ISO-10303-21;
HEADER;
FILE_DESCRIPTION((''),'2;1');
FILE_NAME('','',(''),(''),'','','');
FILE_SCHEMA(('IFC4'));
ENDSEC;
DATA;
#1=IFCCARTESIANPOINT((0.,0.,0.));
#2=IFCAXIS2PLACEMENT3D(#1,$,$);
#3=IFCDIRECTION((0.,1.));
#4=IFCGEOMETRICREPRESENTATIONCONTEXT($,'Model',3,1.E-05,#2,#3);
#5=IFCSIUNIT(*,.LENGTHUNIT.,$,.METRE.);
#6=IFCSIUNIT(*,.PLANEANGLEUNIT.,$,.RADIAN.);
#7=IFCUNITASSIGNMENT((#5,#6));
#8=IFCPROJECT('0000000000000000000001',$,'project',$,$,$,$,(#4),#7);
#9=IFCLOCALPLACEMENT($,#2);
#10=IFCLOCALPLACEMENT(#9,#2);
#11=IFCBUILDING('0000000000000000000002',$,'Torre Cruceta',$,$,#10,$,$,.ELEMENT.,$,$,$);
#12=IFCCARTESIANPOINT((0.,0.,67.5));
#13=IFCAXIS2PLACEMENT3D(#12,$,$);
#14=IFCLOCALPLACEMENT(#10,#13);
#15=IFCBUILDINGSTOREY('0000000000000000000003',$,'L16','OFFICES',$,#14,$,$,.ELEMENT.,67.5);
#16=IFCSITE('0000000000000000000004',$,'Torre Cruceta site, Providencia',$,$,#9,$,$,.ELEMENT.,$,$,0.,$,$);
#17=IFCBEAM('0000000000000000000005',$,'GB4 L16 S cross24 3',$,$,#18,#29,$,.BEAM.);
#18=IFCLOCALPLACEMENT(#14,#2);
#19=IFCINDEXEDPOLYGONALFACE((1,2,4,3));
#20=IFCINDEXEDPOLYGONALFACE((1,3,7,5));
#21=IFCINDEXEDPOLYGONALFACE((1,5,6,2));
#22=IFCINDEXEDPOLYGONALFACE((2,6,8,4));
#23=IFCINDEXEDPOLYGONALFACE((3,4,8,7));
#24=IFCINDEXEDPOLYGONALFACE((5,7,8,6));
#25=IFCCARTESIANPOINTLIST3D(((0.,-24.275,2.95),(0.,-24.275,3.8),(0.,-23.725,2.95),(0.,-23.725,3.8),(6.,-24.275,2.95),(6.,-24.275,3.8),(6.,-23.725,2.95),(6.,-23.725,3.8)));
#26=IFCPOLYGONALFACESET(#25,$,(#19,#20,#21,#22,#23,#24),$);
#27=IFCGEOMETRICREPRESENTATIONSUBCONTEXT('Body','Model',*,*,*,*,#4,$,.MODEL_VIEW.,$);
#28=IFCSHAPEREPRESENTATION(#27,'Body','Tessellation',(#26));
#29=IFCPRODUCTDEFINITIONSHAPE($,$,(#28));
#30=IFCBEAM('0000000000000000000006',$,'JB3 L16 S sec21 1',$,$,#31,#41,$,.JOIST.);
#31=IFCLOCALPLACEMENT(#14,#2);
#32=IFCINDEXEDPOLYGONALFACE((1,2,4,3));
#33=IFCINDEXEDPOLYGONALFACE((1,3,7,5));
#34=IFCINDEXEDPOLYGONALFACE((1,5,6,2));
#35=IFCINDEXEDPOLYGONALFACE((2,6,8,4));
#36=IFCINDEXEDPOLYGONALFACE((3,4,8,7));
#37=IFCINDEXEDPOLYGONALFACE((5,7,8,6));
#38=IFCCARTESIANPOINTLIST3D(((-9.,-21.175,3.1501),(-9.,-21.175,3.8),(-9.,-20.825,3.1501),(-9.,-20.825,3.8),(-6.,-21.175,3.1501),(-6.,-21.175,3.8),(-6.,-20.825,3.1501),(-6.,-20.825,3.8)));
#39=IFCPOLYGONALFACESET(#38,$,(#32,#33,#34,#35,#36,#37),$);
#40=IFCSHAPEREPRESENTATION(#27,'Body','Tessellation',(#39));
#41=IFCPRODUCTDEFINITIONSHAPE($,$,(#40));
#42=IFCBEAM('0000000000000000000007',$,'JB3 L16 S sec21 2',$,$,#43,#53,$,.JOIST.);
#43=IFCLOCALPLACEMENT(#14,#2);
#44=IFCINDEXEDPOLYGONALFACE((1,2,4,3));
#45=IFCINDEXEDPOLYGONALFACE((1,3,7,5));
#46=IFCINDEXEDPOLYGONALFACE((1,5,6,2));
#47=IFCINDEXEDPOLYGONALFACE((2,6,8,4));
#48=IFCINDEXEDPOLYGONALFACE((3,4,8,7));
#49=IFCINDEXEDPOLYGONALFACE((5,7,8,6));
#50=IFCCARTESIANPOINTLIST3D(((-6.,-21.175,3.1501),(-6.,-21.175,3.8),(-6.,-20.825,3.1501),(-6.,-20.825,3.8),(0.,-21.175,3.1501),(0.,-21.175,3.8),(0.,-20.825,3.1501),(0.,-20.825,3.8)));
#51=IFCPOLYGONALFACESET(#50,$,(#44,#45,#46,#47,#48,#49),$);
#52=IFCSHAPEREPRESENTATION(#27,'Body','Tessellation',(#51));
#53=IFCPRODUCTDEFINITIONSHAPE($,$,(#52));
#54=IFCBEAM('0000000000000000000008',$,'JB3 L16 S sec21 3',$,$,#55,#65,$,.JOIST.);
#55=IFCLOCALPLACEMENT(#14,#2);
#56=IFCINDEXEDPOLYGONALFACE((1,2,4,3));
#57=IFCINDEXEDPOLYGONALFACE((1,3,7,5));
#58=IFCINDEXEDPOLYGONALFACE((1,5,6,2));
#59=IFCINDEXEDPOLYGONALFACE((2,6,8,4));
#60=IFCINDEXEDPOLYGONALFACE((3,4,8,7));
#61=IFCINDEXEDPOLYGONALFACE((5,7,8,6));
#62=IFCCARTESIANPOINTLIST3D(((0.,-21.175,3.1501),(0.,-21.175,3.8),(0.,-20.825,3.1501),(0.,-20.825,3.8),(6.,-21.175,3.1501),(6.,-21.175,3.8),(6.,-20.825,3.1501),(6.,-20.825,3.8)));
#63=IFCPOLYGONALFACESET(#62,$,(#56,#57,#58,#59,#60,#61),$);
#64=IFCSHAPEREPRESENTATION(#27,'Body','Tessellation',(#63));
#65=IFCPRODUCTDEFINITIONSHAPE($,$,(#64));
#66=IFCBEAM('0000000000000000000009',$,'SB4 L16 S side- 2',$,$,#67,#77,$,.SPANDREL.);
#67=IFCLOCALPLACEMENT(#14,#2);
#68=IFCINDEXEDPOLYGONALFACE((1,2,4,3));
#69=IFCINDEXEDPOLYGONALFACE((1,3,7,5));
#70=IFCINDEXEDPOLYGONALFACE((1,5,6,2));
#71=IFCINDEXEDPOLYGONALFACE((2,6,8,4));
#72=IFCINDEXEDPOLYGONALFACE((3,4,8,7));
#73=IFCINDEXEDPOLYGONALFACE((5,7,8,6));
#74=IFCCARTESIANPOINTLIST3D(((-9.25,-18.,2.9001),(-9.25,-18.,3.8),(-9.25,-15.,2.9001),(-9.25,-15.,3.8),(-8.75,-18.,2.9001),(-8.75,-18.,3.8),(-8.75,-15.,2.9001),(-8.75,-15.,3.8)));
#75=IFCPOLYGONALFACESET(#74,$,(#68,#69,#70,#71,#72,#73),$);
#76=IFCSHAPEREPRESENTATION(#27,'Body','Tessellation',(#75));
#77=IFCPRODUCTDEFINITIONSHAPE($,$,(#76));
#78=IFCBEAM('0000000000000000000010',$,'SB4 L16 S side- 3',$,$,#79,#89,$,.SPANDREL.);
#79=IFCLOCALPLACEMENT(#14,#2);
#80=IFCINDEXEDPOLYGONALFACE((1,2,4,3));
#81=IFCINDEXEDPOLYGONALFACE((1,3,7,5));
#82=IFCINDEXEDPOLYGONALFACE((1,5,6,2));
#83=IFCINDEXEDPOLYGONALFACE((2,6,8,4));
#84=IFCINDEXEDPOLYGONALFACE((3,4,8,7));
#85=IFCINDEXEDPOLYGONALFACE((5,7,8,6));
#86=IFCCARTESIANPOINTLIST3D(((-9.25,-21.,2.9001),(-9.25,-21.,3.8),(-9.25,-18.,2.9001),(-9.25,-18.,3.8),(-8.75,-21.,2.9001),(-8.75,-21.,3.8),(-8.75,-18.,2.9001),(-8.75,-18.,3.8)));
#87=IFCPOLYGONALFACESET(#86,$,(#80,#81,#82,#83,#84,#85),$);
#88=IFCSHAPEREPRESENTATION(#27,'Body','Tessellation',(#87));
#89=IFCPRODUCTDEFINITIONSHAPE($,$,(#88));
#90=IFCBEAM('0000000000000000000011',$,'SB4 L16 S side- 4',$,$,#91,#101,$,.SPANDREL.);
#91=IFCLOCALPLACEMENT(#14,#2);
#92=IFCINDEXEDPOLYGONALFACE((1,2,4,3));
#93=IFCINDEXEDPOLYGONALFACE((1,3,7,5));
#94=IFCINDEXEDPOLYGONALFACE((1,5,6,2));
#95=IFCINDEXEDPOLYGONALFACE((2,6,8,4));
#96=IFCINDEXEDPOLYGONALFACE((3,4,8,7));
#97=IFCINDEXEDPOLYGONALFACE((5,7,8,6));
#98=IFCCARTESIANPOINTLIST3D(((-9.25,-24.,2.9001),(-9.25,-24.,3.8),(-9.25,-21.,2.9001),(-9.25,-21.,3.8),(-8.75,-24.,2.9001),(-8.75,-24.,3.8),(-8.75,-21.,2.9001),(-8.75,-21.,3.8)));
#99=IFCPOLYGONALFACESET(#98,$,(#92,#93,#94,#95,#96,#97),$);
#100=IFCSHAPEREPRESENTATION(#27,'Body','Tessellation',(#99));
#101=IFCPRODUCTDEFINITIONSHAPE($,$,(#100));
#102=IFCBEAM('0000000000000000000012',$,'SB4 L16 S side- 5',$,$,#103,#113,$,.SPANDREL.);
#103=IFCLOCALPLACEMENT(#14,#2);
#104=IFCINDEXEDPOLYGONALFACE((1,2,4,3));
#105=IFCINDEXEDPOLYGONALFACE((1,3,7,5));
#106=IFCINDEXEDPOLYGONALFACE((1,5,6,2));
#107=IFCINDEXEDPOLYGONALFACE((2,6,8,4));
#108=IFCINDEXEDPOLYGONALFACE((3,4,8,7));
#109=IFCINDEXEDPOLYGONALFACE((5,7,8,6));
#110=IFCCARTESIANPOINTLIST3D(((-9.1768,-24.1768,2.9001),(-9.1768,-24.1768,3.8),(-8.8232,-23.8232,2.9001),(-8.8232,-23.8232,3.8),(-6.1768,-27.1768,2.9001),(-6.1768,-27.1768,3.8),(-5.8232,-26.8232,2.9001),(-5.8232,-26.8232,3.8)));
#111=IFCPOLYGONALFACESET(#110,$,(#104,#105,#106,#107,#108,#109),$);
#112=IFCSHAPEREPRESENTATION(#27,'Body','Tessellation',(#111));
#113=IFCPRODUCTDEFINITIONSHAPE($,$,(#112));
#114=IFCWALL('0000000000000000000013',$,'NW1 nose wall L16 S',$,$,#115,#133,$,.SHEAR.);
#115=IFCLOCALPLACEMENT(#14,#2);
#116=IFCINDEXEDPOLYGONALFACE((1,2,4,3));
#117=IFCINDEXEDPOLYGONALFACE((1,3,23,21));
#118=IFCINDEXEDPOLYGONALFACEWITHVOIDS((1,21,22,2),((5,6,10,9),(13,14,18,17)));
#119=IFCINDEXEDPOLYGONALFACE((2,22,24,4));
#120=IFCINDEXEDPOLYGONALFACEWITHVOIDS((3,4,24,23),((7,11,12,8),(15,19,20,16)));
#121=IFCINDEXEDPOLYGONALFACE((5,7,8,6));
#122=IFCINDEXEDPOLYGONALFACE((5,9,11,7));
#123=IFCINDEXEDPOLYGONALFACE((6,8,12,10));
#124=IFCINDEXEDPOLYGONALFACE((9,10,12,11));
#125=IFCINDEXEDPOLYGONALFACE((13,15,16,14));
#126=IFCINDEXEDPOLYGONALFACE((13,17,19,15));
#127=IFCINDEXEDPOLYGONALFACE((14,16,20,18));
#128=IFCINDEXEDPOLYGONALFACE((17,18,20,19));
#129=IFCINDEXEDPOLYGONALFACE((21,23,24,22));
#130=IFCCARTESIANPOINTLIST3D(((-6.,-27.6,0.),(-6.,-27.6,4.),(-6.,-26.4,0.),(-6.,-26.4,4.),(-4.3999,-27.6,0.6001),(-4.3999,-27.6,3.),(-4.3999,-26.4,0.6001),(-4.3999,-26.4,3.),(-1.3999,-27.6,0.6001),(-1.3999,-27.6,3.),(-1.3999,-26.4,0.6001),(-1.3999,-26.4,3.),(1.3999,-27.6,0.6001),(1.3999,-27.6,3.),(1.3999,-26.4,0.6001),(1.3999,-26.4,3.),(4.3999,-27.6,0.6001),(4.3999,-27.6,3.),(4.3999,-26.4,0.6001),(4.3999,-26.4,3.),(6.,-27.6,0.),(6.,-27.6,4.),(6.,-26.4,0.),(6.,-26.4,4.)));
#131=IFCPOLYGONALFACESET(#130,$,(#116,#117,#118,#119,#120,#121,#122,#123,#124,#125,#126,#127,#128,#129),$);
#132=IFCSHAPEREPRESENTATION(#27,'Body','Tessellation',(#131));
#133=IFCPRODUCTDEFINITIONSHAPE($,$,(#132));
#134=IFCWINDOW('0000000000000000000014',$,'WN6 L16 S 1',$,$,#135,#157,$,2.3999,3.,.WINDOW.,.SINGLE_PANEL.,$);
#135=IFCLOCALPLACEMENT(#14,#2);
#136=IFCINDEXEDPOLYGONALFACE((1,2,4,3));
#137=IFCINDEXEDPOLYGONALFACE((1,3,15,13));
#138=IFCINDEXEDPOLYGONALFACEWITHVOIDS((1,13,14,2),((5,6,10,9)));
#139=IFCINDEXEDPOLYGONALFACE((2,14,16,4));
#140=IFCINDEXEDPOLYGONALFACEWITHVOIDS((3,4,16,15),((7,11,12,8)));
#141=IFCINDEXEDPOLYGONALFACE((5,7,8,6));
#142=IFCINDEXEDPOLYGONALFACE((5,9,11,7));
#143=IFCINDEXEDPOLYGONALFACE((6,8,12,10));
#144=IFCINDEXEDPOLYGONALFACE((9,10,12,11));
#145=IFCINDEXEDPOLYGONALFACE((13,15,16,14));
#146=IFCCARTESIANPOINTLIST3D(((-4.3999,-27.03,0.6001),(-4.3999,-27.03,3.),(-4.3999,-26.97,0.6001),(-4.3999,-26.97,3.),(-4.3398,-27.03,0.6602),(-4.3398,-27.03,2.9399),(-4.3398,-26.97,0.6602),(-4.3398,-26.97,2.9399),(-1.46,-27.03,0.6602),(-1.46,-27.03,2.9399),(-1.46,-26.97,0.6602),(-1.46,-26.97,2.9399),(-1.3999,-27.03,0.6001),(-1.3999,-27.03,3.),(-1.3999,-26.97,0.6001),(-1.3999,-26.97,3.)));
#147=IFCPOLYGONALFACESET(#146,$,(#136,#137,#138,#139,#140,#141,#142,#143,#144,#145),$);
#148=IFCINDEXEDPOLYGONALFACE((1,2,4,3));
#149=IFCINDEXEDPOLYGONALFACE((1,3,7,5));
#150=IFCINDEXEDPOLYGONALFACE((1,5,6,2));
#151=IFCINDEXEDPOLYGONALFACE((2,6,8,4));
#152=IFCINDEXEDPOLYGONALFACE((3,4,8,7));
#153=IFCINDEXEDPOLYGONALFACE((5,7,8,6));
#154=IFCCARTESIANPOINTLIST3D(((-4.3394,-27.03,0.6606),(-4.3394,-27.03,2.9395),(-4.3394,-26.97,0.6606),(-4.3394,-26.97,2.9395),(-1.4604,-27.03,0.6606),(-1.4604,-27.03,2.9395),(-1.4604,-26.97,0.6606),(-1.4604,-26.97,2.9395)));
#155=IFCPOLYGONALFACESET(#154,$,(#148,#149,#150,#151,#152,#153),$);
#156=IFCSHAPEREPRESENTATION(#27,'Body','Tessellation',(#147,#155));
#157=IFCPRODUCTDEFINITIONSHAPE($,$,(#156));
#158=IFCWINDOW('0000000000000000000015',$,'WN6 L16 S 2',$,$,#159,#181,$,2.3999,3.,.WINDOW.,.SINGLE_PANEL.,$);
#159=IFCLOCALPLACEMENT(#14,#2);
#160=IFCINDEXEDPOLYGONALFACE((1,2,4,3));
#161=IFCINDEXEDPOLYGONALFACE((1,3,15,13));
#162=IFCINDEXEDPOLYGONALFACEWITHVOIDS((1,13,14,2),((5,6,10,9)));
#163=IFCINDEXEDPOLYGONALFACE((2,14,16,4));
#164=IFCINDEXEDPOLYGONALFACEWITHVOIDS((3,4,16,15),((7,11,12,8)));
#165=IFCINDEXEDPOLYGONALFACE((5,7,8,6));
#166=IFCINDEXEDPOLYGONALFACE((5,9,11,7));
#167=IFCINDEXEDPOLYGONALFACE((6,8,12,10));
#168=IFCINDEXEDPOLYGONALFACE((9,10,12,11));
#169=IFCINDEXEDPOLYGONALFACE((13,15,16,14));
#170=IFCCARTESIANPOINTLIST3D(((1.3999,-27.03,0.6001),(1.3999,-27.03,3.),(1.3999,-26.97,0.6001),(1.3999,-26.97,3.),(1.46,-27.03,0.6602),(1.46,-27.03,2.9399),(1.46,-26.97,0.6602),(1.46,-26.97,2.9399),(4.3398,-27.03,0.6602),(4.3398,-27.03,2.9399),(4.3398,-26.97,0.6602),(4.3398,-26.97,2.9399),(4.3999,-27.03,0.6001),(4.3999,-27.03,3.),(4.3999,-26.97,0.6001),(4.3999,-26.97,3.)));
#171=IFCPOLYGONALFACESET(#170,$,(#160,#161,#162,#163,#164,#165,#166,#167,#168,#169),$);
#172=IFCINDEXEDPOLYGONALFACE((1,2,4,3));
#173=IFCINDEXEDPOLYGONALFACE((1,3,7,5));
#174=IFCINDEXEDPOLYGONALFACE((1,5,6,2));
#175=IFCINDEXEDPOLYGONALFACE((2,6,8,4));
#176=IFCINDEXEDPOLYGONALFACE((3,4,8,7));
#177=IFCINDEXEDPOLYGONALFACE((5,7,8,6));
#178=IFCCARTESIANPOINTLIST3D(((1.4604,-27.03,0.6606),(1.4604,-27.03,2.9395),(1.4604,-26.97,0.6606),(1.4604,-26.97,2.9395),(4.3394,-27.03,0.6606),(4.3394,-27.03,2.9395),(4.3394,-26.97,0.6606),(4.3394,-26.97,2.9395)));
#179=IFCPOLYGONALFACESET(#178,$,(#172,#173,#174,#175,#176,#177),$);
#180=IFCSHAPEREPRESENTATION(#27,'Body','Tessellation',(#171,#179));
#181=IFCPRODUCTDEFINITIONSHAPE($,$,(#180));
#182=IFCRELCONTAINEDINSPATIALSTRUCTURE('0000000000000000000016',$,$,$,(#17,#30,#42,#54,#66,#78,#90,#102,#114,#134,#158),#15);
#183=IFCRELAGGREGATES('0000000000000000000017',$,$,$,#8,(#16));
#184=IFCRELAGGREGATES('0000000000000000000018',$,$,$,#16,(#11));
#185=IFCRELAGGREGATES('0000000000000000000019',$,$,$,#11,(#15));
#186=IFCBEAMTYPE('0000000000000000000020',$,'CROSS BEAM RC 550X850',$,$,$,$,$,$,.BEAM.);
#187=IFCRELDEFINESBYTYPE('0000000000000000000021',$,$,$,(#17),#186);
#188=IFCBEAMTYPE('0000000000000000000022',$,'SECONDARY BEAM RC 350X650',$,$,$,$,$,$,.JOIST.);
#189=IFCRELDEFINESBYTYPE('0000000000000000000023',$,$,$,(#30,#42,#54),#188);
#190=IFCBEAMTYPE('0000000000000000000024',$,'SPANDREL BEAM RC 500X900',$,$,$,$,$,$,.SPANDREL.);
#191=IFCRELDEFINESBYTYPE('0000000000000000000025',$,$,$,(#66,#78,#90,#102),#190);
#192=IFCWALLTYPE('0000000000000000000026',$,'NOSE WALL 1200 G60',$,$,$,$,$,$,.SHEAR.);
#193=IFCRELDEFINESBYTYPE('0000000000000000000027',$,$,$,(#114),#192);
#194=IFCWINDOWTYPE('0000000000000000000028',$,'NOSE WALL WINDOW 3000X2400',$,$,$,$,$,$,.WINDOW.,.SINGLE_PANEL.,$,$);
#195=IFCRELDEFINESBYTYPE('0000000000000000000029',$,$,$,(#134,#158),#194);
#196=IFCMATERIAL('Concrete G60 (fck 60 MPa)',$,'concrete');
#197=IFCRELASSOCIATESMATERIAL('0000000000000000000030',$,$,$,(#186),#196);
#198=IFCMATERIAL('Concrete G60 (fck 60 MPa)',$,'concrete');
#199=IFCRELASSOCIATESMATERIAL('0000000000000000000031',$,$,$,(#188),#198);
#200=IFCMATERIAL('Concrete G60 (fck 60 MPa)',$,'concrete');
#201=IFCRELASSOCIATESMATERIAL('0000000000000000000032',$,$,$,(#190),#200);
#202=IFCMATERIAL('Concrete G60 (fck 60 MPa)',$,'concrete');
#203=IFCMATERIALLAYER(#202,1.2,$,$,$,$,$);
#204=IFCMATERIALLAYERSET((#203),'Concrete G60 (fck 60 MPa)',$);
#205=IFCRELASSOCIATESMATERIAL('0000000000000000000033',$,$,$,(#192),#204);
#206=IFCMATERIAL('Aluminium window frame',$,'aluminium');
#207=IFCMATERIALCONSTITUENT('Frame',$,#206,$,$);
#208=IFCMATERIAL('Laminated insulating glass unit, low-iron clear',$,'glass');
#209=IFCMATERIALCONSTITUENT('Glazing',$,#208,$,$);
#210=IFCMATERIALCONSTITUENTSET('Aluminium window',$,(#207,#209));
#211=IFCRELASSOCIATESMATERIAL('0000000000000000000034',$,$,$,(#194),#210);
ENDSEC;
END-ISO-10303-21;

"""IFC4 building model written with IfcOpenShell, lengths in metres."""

from ifc_helpers import new_model, si_unit, direction, frame, frame_2d, origin, origin_2d, place, context, subcontext, project, spatial, rectangle, hollow_rectangle, extrude, material, layer, layer_set, constituent, constituent_set, material_profile, profile_set, type_object, element, fill, save


model = new_model("IFC4")

# Units and contexts
model_context = context("Model", 3, precision=1e-05, world=origin(), true_north=direction((0.0, 1.0)))
body_context = subcontext(model_context, "Body", "Model", "MODEL_VIEW")
ifc_project = project(units=[si_unit("LENGTHUNIT", "METRE"), si_unit("PLANEANGLEUNIT", "RADIAN")], contexts=[model_context])

# Site, building, storey
site_placement = place(None, origin())
site = spatial("IfcSite", under=ifc_project, at=site_placement, Name="Torre Cruceta site, Providencia", CompositionType="ELEMENT", RefElevation=0.0)
building_placement = place(site_placement, origin())
building = spatial("IfcBuilding", under=site, at=building_placement, Name="Torre Cruceta", CompositionType="ELEMENT")
storey_placement = place(building_placement, frame((0.0, 0.0, 67.5)))
storey = spatial("IfcBuildingStorey", under=building, at=storey_placement, Name="L16", Description="OFFICES", CompositionType="ELEMENT", Elevation=67.5)

# Beams
ifc_material_1 = material(Name="Concrete G60 (fck 60 MPa)", Category="concrete")
ifc_material_profile_1 = material_profile(ifc_material_1, rectangle(XDim=0.55, YDim=0.8501, at=origin_2d()), Name="RC 550X850")
ifc_profile_set_1 = profile_set([ifc_material_profile_1], Name="Concrete G60 (fck 60 MPa)")
beam_type_1 = type_object("IfcBeamType", Name="CROSS BEAM RC 550X850", PredefinedType="BEAM", material=ifc_profile_set_1)
for number, where, z_axis, x_axis, name in (
    (1, (0.0, -24.0, 3.375), (1.0, 0.0, 0.0), (0.0, 1.0, 0.0), "GB4 L16 S cross24 3"),
):
    element("IfcBeam", number, at=place(storey_placement, frame(where, z_axis=z_axis, x_axis=x_axis)), inside=storey, type_object=beam_type_1, Name=name, PredefinedType="BEAM", context=body_context, shape_type="SweptSolid", body=[
        extrude(rectangle(XDim=0.55, YDim=0.8501, at=origin_2d()), origin(), (0.0, 0.0, 1.0), 6.0),
    ])
ifc_material_2 = material(Name="Concrete G60 (fck 60 MPa)", Category="concrete")
ifc_material_profile_2 = material_profile(ifc_material_2, rectangle(XDim=0.3501, YDim=0.6499, at=origin_2d()), Name="RC 350X650")
ifc_profile_set_2 = profile_set([ifc_material_profile_2], Name="Concrete G60 (fck 60 MPa)")
beam_type_2 = type_object("IfcBeamType", Name="SECONDARY BEAM RC 350X650", PredefinedType="JOIST", material=ifc_profile_set_2)
beam_1_placement = place(storey_placement, frame((-9.0, -21.0, 3.4751), z_axis=(1.0, 0.0, 0.0), x_axis=(0.0, 1.0, 0.0)))
element("IfcBeam", 2, at=beam_1_placement, inside=storey, type_object=beam_type_2, Name="JB3 L16 S sec21 1", PredefinedType="JOIST", context=body_context, shape_type="SweptSolid", body=[
    extrude(rectangle(XDim=0.3501, YDim=0.6499, at=origin_2d()), origin(), (0.0, 0.0, 1.0), 3.0),
])
for number, where, z_axis, x_axis, name in (
    (3, (-6.0, -21.0, 3.4751), (1.0, 0.0, 0.0), (0.0, 1.0, 0.0), "JB3 L16 S sec21 2"),
    (4, (0.0, -21.0, 3.4751), (1.0, 0.0, 0.0), (0.0, 1.0, 0.0), "JB3 L16 S sec21 3"),
):
    element("IfcBeam", number, at=place(storey_placement, frame(where, z_axis=z_axis, x_axis=x_axis)), inside=storey, type_object=beam_type_2, Name=name, PredefinedType="JOIST", context=body_context, shape_type="SweptSolid", body=[
        extrude(rectangle(XDim=0.3501, YDim=0.6499, at=origin_2d()), origin(), (0.0, 0.0, 1.0), 6.0),
    ])
ifc_material_3 = material(Name="Concrete G60 (fck 60 MPa)", Category="concrete")
ifc_material_profile_3 = material_profile(ifc_material_3, rectangle(XDim=0.5, YDim=0.8999, at=origin_2d()), Name="RC 500X900")
ifc_profile_set_3 = profile_set([ifc_material_profile_3], Name="Concrete G60 (fck 60 MPa)")
beam_type_3 = type_object("IfcBeamType", Name="SPANDREL BEAM RC 500X900", PredefinedType="SPANDREL", material=ifc_profile_set_3)
for number, where, z_axis, x_axis, name in (
    (5, (-9.0, -15.0, 3.3501), (0.0, -1.0, 0.0), (1.0, 0.0, 0.0), "SB4 L16 S side- 2"),
    (6, (-9.0, -18.0, 3.3501), (0.0, -1.0, 0.0), (1.0, 0.0, 0.0), "SB4 L16 S side- 3"),
    (7, (-9.0, -21.0, 3.3501), (0.0, -1.0, 0.0), (1.0, 0.0, 0.0), "SB4 L16 S side- 4"),
):
    element("IfcBeam", number, at=place(storey_placement, frame(where, z_axis=z_axis, x_axis=x_axis)), inside=storey, type_object=beam_type_3, Name=name, PredefinedType="SPANDREL", context=body_context, shape_type="SweptSolid", body=[
        extrude(rectangle(XDim=0.5, YDim=0.8999, at=origin_2d()), origin(), (0.0, 0.0, 1.0), 3.0),
    ])
beam_2_placement = place(storey_placement, frame((-9.0, -24.0, 3.3501), z_axis=(0.707107, -0.707107, 0.0), x_axis=(0.707107, 0.707107, 0.0)))
element("IfcBeam", 8, at=beam_2_placement, inside=storey, type_object=beam_type_3, Name="SB4 L16 S side- 5", PredefinedType="SPANDREL", context=body_context, shape_type="SweptSolid", body=[
    extrude(rectangle(XDim=0.5, YDim=0.8999, at=origin_2d()), origin(), (0.0, 0.0, 1.0), 4.2427),
])

# Wall, openings, windows
ifc_material_4 = material(Name="Concrete G60 (fck 60 MPa)", Category="concrete")
ifc_layer_1 = layer(ifc_material_4, 1.2)
ifc_layer_set_1 = layer_set([ifc_layer_1], Name="Concrete G60 (fck 60 MPa)")
wall_type_1 = type_object("IfcWallType", Name="NOSE WALL 1200 G60", PredefinedType="SHEAR", material=ifc_layer_set_1)
wall_1_placement = place(storey_placement, frame((-6.0, -27.0, 0.0), z_axis=(0.0, 0.0, 1.0), x_axis=(1.0, 0.0, 0.0)))
wall_1 = element("IfcWall", 9, at=wall_1_placement, inside=storey, type_object=wall_type_1, Name="NW1 nose wall L16 S", PredefinedType="SHEAR", context=body_context, shape_type="SweptSolid", body=[
    extrude(rectangle(XDim=12.0, YDim=1.2, at=frame_2d((6.0, 0.0))), origin(), (0.0, 0.0, 1.0), 4.0),
])
opening_1_placement = place(wall_1_placement, frame((1.6001, 0.0, 0.6001)))
opening_1 = element("IfcOpeningElement", 10, at=opening_1_placement, cuts=wall_1, PredefinedType="OPENING", context=body_context, shape_type="SweptSolid", body=[
    extrude(rectangle(XDim=3.0, YDim=2.3999, at=frame_2d((1.5, 1.2))), frame((0.0, 0.6099, 0.0), z_axis=(0.0, -1.0, 0.0), x_axis=(1.0, 0.0, 0.0)), (0.0, 0.0, 1.0), 1.22),
])
opening_2_placement = place(wall_1_placement, frame((7.3999, 0.0, 0.6001)))
opening_2 = element("IfcOpeningElement", 11, at=opening_2_placement, cuts=wall_1, PredefinedType="OPENING", context=body_context, shape_type="SweptSolid", body=[
    extrude(rectangle(XDim=3.0, YDim=2.3999, at=frame_2d((1.5, 1.2))), frame((0.0, 0.6099, 0.0), z_axis=(0.0, -1.0, 0.0), x_axis=(1.0, 0.0, 0.0)), (0.0, 0.0, 1.0), 1.22),
])
ifc_material_5 = material(Name="Aluminium window frame", Category="aluminium")
ifc_constituent_1 = constituent(ifc_material_5, Name="Frame")
ifc_material_6 = material(Name="Laminated insulating glass unit, low-iron clear", Category="glass")
ifc_constituent_2 = constituent(ifc_material_6, Name="Glazing")
ifc_constituent_set_1 = constituent_set(constituents=[ifc_constituent_1, ifc_constituent_2], Name="Aluminium window")
window_type = type_object("IfcWindowType", Name="NOSE WALL WINDOW 3000X2400", PartitioningType="SINGLE_PANEL", PredefinedType="WINDOW", material=ifc_constituent_set_1)
window_1_placement = place(opening_1_placement, origin())
window_1 = element("IfcWindow", 12, at=window_1_placement, inside=storey, type_object=window_type, Name="WN6 L16 S 1", OverallHeight=2.3999, OverallWidth=3.0, PartitioningType="SINGLE_PANEL", PredefinedType="WINDOW", context=body_context, shape_type="SweptSolid", body=[
    extrude(hollow_rectangle(XDim=3.0, YDim=2.3999, WallThickness=0.0601, at=frame_2d((1.5, 1.2))), frame((0.0, 0.03, 0.0), z_axis=(0.0, -1.0, 0.0), x_axis=(1.0, 0.0, 0.0)), (0.0, 0.0, 1.0), 0.0601),
    extrude(rectangle(XDim=2.8789, YDim=2.2788, at=frame_2d((1.5, 1.2))), frame((0.0, 0.03, 0.0), z_axis=(0.0, -1.0, 0.0), x_axis=(1.0, 0.0, 0.0)), (0.0, 0.0, 1.0), 0.0601),
])
fill(opening_1, window_1)
window_2_placement = place(opening_2_placement, origin())
window_2 = element("IfcWindow", 13, at=window_2_placement, inside=storey, type_object=window_type, Name="WN6 L16 S 2", OverallHeight=2.3999, OverallWidth=3.0, PartitioningType="SINGLE_PANEL", PredefinedType="WINDOW", context=body_context, shape_type="SweptSolid", body=[
    extrude(hollow_rectangle(XDim=3.0, YDim=2.3999, WallThickness=0.0601, at=frame_2d((1.5, 1.2))), frame((0.0, 0.03, 0.0), z_axis=(0.0, -1.0, 0.0), x_axis=(1.0, 0.0, 0.0)), (0.0, 0.0, 1.0), 0.0601),
    extrude(rectangle(XDim=2.8789, YDim=2.2788, at=frame_2d((1.5, 1.2))), frame((0.0, 0.03, 0.0), z_axis=(0.0, -1.0, 0.0), x_axis=(1.0, 0.0, 0.0)), (0.0, 0.0, 1.0), 0.0601),
])
fill(opening_2, window_2)

save(model, "model.ifc")
